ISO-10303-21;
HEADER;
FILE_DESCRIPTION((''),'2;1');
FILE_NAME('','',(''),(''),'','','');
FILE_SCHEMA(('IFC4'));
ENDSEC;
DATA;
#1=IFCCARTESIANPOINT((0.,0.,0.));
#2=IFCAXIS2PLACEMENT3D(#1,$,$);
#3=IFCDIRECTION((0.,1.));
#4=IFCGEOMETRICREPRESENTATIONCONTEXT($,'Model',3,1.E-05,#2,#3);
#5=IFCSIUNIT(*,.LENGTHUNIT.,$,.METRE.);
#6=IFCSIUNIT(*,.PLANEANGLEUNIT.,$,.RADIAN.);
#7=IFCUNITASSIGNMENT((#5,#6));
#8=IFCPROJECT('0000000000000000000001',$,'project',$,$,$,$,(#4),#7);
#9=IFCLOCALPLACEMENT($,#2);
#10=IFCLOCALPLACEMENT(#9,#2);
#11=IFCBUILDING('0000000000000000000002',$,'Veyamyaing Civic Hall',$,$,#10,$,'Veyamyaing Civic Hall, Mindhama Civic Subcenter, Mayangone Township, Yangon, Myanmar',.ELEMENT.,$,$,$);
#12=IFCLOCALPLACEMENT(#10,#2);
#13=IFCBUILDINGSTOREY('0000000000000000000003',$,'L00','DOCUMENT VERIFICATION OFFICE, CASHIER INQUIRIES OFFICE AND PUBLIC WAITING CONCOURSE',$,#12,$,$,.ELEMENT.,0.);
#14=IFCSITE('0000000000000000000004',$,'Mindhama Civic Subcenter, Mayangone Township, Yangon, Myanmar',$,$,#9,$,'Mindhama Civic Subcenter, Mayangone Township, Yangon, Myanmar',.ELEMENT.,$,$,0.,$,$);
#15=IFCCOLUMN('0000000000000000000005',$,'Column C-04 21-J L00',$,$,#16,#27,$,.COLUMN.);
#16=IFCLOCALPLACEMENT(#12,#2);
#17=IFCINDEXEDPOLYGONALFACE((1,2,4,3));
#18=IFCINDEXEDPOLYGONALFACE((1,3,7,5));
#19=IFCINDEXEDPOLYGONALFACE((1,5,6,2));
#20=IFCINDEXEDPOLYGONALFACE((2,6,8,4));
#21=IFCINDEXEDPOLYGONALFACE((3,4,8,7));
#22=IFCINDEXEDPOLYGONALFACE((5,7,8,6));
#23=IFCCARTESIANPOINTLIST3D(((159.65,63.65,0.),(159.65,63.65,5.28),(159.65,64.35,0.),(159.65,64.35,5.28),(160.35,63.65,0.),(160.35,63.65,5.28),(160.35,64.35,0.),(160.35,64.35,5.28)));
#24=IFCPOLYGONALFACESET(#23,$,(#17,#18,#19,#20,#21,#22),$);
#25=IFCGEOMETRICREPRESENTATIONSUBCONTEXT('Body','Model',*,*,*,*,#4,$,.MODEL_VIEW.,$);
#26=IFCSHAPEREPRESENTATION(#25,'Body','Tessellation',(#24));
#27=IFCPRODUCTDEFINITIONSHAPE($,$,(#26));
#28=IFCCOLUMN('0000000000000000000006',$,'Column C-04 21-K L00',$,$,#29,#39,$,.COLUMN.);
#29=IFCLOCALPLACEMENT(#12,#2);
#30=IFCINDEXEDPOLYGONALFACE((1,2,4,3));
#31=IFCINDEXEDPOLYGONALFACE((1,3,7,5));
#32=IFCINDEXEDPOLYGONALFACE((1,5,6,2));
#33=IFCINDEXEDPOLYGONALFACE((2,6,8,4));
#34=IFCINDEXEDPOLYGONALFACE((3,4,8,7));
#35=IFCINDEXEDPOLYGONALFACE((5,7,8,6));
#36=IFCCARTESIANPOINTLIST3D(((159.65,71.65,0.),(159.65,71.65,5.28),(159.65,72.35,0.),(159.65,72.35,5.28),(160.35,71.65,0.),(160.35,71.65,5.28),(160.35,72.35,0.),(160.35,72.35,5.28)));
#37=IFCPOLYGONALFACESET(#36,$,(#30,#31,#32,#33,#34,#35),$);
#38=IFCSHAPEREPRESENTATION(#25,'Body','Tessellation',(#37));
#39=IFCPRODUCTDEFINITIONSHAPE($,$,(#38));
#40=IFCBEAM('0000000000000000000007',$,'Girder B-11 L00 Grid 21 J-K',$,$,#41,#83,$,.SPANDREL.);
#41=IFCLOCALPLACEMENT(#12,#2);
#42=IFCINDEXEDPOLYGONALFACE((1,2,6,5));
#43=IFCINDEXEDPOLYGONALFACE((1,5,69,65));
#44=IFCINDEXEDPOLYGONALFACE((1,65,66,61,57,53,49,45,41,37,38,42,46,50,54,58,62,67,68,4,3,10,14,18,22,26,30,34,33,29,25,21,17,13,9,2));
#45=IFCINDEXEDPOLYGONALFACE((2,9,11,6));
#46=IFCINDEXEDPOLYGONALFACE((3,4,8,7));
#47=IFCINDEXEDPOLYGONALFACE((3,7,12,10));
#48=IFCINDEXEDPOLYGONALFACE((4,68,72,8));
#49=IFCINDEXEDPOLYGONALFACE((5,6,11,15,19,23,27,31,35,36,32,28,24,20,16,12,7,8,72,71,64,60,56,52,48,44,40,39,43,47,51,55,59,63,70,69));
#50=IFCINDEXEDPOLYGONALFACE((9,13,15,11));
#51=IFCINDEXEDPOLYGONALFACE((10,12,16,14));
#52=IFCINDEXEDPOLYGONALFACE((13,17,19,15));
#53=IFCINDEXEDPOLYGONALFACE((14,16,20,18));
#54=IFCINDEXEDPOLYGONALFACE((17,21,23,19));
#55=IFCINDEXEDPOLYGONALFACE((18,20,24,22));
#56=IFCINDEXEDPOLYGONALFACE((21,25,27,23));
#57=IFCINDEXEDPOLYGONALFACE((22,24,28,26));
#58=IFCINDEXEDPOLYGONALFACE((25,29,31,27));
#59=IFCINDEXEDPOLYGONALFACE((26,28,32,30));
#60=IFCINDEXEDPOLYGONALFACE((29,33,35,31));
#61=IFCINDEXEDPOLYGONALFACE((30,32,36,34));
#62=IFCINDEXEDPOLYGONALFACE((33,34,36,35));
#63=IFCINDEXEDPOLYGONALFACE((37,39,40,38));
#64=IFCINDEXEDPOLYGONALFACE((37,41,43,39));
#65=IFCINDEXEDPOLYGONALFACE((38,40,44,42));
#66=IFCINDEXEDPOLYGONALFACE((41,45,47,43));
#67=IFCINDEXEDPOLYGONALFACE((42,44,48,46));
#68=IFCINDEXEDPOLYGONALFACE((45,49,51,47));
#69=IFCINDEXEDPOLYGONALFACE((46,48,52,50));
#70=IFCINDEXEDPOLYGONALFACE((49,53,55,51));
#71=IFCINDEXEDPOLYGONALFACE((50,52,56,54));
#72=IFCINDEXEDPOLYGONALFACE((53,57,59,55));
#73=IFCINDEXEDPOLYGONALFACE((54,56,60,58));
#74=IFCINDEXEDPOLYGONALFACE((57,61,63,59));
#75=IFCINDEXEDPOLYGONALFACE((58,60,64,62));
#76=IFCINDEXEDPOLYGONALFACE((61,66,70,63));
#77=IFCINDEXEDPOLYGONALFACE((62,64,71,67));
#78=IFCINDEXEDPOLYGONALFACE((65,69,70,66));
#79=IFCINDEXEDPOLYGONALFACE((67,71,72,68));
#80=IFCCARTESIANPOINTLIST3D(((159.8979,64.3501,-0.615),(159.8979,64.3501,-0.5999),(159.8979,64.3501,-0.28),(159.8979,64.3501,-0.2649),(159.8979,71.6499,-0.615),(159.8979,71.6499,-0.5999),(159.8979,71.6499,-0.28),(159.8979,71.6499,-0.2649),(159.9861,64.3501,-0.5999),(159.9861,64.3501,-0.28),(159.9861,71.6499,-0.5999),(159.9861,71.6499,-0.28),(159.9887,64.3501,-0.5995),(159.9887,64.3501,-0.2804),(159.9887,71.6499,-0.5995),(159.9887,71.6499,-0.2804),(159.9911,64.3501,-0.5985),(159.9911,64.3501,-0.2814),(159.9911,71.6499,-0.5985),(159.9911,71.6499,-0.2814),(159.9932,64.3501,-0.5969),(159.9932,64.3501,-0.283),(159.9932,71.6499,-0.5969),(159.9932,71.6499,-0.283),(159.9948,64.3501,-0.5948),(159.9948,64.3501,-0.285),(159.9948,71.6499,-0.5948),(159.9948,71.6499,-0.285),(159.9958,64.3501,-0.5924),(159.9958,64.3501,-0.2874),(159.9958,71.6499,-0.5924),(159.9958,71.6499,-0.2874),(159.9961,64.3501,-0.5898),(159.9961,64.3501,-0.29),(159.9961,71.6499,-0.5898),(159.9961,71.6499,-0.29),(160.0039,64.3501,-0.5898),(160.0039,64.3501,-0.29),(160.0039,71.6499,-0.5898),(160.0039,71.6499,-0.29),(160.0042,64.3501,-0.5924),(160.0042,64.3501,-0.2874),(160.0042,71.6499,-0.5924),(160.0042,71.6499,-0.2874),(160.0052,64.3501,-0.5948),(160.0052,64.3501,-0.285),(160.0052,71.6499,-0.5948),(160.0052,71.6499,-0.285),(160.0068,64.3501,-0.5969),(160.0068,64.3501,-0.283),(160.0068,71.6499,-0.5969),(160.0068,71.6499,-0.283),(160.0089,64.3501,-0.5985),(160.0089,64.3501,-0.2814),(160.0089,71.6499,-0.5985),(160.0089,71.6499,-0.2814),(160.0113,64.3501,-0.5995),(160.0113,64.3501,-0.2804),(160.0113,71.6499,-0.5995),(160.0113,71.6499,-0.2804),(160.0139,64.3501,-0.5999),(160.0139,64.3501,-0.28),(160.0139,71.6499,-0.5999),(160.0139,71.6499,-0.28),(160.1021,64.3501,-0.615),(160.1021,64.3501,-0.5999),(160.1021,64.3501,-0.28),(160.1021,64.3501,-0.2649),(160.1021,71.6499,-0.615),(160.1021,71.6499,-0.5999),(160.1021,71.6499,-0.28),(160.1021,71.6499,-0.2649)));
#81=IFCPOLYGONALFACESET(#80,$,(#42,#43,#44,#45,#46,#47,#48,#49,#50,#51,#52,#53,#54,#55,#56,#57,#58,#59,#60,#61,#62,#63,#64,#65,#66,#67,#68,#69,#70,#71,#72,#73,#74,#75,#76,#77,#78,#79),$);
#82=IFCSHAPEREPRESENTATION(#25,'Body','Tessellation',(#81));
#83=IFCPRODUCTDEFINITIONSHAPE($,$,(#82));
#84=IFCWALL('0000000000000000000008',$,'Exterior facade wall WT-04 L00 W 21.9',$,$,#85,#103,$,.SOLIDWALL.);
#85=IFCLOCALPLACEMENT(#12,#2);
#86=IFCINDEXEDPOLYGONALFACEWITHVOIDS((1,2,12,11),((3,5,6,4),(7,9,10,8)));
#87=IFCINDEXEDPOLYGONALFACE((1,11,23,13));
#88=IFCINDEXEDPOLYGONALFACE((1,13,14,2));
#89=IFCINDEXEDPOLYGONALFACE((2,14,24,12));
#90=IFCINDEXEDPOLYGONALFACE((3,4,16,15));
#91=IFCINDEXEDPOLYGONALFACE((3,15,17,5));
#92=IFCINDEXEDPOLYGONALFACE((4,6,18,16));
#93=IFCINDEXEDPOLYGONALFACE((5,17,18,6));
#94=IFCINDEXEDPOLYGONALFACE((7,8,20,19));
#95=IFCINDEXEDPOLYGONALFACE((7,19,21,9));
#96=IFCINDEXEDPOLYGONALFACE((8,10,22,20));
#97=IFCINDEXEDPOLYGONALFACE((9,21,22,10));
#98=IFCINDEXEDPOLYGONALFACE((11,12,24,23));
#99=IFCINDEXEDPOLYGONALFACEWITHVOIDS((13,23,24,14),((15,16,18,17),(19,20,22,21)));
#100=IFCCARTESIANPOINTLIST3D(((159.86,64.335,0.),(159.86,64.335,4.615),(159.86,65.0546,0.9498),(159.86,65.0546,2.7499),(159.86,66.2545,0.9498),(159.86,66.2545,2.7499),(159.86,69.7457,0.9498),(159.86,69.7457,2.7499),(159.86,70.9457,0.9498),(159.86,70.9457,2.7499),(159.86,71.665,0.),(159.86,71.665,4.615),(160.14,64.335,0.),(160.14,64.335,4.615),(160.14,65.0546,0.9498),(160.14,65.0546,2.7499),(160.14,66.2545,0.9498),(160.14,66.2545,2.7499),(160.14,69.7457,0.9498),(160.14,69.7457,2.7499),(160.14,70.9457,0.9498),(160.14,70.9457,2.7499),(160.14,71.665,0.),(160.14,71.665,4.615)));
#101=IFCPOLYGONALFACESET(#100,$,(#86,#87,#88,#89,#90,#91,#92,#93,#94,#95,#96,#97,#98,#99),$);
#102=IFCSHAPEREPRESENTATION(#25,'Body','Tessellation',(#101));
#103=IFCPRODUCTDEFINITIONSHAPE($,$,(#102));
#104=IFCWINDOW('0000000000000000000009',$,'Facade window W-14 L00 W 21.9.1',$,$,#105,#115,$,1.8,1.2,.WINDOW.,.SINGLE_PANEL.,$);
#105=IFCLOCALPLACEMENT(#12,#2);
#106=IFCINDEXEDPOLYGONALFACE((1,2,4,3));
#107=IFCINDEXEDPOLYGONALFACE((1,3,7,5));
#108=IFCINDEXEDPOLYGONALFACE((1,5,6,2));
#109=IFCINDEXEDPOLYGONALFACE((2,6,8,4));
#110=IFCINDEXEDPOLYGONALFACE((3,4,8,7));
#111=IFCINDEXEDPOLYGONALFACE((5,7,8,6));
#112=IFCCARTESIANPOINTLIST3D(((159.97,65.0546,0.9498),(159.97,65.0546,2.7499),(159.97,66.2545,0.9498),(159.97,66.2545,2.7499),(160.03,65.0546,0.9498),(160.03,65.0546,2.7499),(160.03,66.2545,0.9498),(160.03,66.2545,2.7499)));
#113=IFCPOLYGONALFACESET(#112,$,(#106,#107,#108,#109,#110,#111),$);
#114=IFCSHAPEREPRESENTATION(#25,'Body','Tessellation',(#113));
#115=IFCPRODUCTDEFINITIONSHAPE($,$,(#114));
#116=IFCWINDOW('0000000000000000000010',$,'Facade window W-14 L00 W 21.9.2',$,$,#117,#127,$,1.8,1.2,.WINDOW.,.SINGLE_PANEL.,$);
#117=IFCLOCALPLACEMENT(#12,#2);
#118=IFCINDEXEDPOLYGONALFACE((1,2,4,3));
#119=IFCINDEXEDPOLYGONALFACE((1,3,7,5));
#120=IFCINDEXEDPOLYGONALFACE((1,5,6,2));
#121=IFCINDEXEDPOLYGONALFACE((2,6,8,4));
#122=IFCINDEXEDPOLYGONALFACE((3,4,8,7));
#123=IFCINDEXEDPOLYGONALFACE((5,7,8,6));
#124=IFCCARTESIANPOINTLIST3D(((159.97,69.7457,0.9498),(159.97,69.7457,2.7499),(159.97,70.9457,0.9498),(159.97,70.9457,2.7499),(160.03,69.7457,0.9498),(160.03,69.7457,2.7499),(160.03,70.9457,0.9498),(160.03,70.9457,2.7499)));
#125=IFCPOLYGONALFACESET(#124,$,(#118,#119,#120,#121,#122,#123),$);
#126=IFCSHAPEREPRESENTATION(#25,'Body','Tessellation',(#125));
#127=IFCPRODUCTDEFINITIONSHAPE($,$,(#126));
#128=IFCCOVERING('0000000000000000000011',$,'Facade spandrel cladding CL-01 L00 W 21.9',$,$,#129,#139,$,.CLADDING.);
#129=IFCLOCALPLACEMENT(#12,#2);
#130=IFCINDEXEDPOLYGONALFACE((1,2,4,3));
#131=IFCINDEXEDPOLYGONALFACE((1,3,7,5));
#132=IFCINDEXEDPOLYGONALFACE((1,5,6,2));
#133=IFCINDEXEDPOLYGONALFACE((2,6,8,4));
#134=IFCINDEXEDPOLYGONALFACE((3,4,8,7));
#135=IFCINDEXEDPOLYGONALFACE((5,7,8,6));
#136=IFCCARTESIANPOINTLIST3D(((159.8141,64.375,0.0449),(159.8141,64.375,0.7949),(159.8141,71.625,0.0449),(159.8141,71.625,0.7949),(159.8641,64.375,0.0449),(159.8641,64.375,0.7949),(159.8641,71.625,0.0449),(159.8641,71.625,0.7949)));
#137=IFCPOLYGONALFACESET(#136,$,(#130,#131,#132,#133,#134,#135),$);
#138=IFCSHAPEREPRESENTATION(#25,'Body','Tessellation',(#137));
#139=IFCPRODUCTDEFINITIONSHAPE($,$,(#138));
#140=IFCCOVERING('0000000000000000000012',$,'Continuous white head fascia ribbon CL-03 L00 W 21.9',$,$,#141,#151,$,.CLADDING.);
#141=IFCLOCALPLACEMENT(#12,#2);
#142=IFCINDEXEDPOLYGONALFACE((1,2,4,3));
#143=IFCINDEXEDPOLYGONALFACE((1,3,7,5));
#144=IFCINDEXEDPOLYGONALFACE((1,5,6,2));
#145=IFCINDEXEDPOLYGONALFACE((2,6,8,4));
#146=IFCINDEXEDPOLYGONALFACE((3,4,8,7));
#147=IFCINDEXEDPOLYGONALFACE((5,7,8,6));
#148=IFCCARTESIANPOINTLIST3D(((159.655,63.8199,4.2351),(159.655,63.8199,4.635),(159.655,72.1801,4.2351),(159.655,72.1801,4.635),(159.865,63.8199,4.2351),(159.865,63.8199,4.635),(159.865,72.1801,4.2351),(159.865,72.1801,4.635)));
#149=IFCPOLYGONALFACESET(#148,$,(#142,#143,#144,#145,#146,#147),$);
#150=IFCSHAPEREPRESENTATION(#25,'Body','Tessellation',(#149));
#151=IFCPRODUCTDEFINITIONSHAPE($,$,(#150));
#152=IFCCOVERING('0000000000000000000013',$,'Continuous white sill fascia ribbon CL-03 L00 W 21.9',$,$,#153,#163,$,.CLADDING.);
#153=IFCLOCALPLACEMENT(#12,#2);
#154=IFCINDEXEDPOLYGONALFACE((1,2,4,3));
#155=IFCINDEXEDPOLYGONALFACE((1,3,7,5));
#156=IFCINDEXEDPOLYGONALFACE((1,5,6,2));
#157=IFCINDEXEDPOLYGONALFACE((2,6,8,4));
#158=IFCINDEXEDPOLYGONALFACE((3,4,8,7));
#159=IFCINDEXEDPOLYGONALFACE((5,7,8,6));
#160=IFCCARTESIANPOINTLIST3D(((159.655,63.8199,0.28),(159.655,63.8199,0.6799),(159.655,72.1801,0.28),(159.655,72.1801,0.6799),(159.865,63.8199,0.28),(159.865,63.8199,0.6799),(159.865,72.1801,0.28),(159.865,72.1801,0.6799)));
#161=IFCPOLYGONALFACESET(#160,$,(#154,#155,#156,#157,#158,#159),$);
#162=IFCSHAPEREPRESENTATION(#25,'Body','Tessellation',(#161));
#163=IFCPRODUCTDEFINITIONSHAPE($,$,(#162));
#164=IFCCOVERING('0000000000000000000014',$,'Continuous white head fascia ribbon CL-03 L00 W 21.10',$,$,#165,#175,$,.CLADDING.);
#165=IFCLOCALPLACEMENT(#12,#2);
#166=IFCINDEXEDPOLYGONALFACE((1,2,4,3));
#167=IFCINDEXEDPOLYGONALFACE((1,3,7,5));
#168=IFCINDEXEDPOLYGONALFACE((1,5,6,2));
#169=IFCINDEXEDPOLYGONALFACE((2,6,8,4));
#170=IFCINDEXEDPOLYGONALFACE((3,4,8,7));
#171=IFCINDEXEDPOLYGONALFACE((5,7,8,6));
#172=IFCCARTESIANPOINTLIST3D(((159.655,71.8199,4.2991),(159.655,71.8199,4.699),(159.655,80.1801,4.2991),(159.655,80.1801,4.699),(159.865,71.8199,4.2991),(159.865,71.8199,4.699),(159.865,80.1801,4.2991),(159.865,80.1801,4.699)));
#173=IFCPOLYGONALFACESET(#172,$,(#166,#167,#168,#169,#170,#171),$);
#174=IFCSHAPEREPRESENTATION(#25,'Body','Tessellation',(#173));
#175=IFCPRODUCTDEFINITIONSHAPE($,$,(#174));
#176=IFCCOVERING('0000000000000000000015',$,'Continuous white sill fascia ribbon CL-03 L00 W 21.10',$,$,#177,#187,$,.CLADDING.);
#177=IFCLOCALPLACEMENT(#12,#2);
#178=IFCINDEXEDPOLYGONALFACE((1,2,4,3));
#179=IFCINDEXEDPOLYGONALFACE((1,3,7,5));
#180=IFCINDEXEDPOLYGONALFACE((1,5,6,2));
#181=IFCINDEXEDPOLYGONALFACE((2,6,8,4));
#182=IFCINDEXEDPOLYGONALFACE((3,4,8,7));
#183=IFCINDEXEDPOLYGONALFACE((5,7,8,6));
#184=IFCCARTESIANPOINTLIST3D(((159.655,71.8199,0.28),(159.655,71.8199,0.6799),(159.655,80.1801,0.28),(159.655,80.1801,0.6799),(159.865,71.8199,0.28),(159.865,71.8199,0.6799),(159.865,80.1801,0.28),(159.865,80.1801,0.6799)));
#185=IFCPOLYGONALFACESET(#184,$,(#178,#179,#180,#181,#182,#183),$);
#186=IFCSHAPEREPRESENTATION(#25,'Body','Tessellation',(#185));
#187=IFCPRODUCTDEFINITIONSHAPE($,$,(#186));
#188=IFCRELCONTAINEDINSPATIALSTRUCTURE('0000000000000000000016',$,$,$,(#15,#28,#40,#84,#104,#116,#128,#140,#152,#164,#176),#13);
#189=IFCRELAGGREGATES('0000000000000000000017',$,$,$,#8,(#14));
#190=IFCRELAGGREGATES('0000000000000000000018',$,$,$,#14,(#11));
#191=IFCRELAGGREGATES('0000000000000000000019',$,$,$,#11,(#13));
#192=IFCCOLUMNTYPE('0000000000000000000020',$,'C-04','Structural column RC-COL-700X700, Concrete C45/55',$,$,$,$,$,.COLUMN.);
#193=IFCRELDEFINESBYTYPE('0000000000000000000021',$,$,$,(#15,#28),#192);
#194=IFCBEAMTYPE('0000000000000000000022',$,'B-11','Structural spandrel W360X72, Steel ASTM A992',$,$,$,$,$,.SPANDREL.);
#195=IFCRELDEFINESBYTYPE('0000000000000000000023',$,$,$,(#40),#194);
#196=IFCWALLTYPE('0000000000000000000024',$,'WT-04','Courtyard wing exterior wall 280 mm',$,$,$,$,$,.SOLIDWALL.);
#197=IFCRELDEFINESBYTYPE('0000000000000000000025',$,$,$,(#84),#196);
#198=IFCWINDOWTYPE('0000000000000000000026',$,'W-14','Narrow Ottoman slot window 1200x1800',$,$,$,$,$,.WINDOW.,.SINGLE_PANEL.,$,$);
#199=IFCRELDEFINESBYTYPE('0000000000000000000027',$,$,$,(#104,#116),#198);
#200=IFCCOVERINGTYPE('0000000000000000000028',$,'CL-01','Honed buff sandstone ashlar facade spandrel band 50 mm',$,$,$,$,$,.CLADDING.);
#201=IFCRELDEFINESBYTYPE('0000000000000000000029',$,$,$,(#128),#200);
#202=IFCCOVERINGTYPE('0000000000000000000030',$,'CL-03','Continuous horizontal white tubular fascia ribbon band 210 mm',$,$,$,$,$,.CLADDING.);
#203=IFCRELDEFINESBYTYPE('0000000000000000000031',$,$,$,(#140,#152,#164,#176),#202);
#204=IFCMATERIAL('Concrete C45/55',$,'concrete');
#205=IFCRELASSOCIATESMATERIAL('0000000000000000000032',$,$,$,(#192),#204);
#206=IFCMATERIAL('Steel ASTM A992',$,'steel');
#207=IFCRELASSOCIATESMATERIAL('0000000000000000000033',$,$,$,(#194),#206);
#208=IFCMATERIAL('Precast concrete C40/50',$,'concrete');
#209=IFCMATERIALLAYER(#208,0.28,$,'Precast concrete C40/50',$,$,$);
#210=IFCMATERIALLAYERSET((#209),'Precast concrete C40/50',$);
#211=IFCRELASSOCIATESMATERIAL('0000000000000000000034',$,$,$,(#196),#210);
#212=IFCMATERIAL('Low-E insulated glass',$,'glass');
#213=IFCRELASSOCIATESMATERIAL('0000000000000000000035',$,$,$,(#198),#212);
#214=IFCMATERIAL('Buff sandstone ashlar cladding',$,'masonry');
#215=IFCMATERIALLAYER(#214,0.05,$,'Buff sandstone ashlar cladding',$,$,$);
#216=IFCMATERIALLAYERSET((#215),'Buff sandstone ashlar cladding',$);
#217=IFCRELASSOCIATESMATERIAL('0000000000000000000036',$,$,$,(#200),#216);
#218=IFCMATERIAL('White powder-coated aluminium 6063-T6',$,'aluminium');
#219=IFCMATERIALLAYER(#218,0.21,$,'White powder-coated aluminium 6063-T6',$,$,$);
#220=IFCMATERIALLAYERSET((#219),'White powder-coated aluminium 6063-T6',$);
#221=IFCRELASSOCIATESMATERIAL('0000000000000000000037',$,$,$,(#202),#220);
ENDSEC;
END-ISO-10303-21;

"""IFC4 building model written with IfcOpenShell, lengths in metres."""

from ifc_helpers import new_model, si_unit, direction, frame, frame_2d, origin, origin_2d, place, context, subcontext, project, spatial, rectangle, i_section, extrude, material, layer, layer_set, material_profile, profile_set, type_object, element, fill, save


model = new_model("IFC4")

# Units and contexts
model_context = context("Model", 3, precision=1e-05, world=origin(), true_north=direction((0.0, 1.0)))
body_context = subcontext(model_context, "Body", "Model", "MODEL_VIEW")
ifc_project = project(units=[si_unit("LENGTHUNIT", "METRE"), si_unit("PLANEANGLEUNIT", "RADIAN")], contexts=[model_context])

# Site, building, storey
site_placement = place(None, origin())
site = spatial("IfcSite", under=ifc_project, at=site_placement, Name="Mindhama Civic Subcenter, Mayangone Township, Yangon, Myanmar", LongName="Mindhama Civic Subcenter, Mayangone Township, Yangon, Myanmar", CompositionType="ELEMENT", RefElevation=0.0)
building_placement = place(site_placement, origin())
building = spatial("IfcBuilding", under=site, at=building_placement, Name="Veyamyaing Civic Hall", LongName="Veyamyaing Civic Hall, Mindhama Civic Subcenter, Mayangone Township, Yangon, Myanmar", CompositionType="ELEMENT")
storey_placement = place(building_placement, origin())
storey = spatial("IfcBuildingStorey", under=building, at=storey_placement, Name="L00", Description="DOCUMENT VERIFICATION OFFICE, CASHIER INQUIRIES OFFICE AND PUBLIC WAITING CONCOURSE", CompositionType="ELEMENT", Elevation=0.0)

# Columns
ifc_material_1 = material(Name="Concrete C45/55", Category="concrete")
ifc_material_profile_1 = material_profile(ifc_material_1, rectangle(XDim=0.7, YDim=0.7, at=origin_2d()), Name="RC-COL-700X700")
ifc_profile_set_1 = profile_set([ifc_material_profile_1], Name="Concrete C45/55")
column_type = type_object("IfcColumnType", Name="C-04", Description="Structural column RC-COL-700X700, Concrete C45/55", PredefinedType="COLUMN", material=ifc_profile_set_1)
for number, where, z_axis, x_axis, name in (
    (1, (160.0, 64.0, 0.0), (0.0, 0.0, 1.0), (1.0, 0.0, 0.0), "Column C-04 21-J L00"),
    (2, (160.0, 72.0, 0.0), (0.0, 0.0, 1.0), (1.0, 0.0, 0.0), "Column C-04 21-K L00"),
):
    element("IfcColumn", number, at=place(storey_placement, frame(where, z_axis=z_axis, x_axis=x_axis)), inside=storey, type_object=column_type, Name=name, PredefinedType="COLUMN", context=body_context, shape_type="SweptSolid", body=[
        extrude(rectangle(XDim=0.7, YDim=0.7, at=origin_2d()), origin(), (0.0, 0.0, 1.0), 5.28),
    ])

# Beam
ifc_material_2 = material(Name="Steel ASTM A992", Category="steel")
ifc_material_profile_2 = material_profile(ifc_material_2, i_section(OverallWidth=0.2041, OverallDepth=0.3501, WebThickness=0.0078, FlangeThickness=0.0151, FilletRadius=0.01, at=origin_2d()), Name="W360X72")
ifc_profile_set_2 = profile_set([ifc_material_profile_2], Name="Steel ASTM A992")
beam_type = type_object("IfcBeamType", Name="B-11", Description="Structural spandrel W360X72, Steel ASTM A992", PredefinedType="SPANDREL", material=ifc_profile_set_2)
beam_placement = place(storey_placement, frame((160.0, 64.3501, -0.4399), z_axis=(0.0, 1.0, 0.0), x_axis=(-1.0, 0.0, 0.0)))
element("IfcBeam", 3, at=beam_placement, inside=storey, type_object=beam_type, Name="Girder B-11 L00 Grid 21 J-K", PredefinedType="SPANDREL", context=body_context, shape_type="SweptSolid", body=[
    extrude(i_section(OverallWidth=0.2041, OverallDepth=0.3501, WebThickness=0.0078, FlangeThickness=0.0151, FilletRadius=0.01, at=origin_2d()), origin(), (0.0, 0.0, 1.0), 7.2998),
])

# Wall, openings, windows
ifc_material_3 = material(Name="Precast concrete C40/50", Category="concrete")
ifc_layer_1 = layer(ifc_material_3, 0.28, Name="Precast concrete C40/50")
ifc_layer_set_1 = layer_set([ifc_layer_1], Name="Precast concrete C40/50")
wall_type = type_object("IfcWallType", Name="WT-04", Description="Courtyard wing exterior wall 280 mm", PredefinedType="SOLIDWALL", material=ifc_layer_set_1)
wall_placement = place(storey_placement, frame((160.0, 64.335, 0.0), z_axis=(0.0, 0.0, 1.0), x_axis=(0.0, 1.0, 0.0)))
wall = element("IfcWall", 4, at=wall_placement, inside=storey, type_object=wall_type, Name="Exterior facade wall WT-04 L00 W 21.9", PredefinedType="SOLIDWALL", context=body_context, shape_type="SweptSolid", body=[
    extrude(rectangle(XDim=7.3301, YDim=0.28, at=frame_2d((3.665, 0.0))), origin(), (0.0, 0.0, 1.0), 4.615),
])
opening_1_placement = place(wall_placement, frame((0.7195, 0.0, 0.95)))
opening_1 = element("IfcOpeningElement", 5, at=opening_1_placement, cuts=wall, PredefinedType="OPENING", context=body_context, shape_type="SweptSolid", body=[
    extrude(rectangle(XDim=1.2, YDim=1.8, at=frame_2d((0.6001, 0.8999))), frame((0.0, 0.1499, 0.0), z_axis=(0.0, -1.0, 0.0), x_axis=(1.0, 0.0, 0.0)), (0.0, 0.0, 1.0), 0.3),
])
opening_2_placement = place(wall_placement, frame((5.4106, 0.0, 0.95)))
opening_2 = element("IfcOpeningElement", 6, at=opening_2_placement, cuts=wall, PredefinedType="OPENING", context=body_context, shape_type="SweptSolid", body=[
    extrude(rectangle(XDim=1.2, YDim=1.8, at=frame_2d((0.6001, 0.8999))), frame((0.0, 0.1499, 0.0), z_axis=(0.0, -1.0, 0.0), x_axis=(1.0, 0.0, 0.0)), (0.0, 0.0, 1.0), 0.3),
])
ifc_material_4 = material(Name="Low-E insulated glass", Category="glass")
window_type = type_object("IfcWindowType", Name="W-14", Description="Narrow Ottoman slot window 1200x1800", PartitioningType="SINGLE_PANEL", PredefinedType="WINDOW", material=ifc_material_4)
window_1_placement = place(opening_1_placement, origin())
window_1 = element("IfcWindow", 7, at=window_1_placement, inside=storey, type_object=window_type, Name="Facade window W-14 L00 W 21.9.1", OverallHeight=1.8, OverallWidth=1.2, PartitioningType="SINGLE_PANEL", PredefinedType="WINDOW", context=body_context, shape_type="SweptSolid", body=[
    extrude(rectangle(XDim=1.2, YDim=1.8, at=frame_2d((0.6001, 0.8999))), frame((0.0, 0.03, 0.0), z_axis=(0.0, -1.0, 0.0), x_axis=(1.0, 0.0, 0.0)), (0.0, 0.0, 1.0), 0.0601),
])
fill(opening_1, window_1)
window_2_placement = place(opening_2_placement, origin())
window_2 = element("IfcWindow", 8, at=window_2_placement, inside=storey, type_object=window_type, Name="Facade window W-14 L00 W 21.9.2", OverallHeight=1.8, OverallWidth=1.2, PartitioningType="SINGLE_PANEL", PredefinedType="WINDOW", context=body_context, shape_type="SweptSolid", body=[
    extrude(rectangle(XDim=1.2, YDim=1.8, at=frame_2d((0.6001, 0.8999))), frame((0.0, 0.03, 0.0), z_axis=(0.0, -1.0, 0.0), x_axis=(1.0, 0.0, 0.0)), (0.0, 0.0, 1.0), 0.0601),
])
fill(opening_2, window_2)

# Coverings
ifc_material_5 = material(Name="Buff sandstone ashlar cladding", Category="masonry")
ifc_layer_2 = layer(ifc_material_5, 0.05, Name="Buff sandstone ashlar cladding")
ifc_layer_set_2 = layer_set([ifc_layer_2], Name="Buff sandstone ashlar cladding")
covering_type_1 = type_object("IfcCoveringType", Name="CL-01", Description="Honed buff sandstone ashlar facade spandrel band 50 mm", PredefinedType="CLADDING", material=ifc_layer_set_2)
covering_placement = place(storey_placement, frame((159.8391, 68.0, 0.0449), z_axis=(0.0, 0.0, 1.0), x_axis=(0.0, 1.0, 0.0)))
element("IfcCovering", 9, at=covering_placement, inside=storey, type_object=covering_type_1, Name="Facade spandrel cladding CL-01 L00 W 21.9", PredefinedType="CLADDING", context=body_context, shape_type="SweptSolid", body=[
    extrude(rectangle(XDim=7.25, YDim=0.05, at=origin_2d()), origin(), (0.0, 0.0, 1.0), 0.75),
])
ifc_material_6 = material(Name="White powder-coated aluminium 6063-T6", Category="aluminium")
ifc_layer_3 = layer(ifc_material_6, 0.21, Name="White powder-coated aluminium 6063-T6")
ifc_layer_set_3 = layer_set([ifc_layer_3], Name="White powder-coated aluminium 6063-T6")
covering_type_2 = type_object("IfcCoveringType", Name="CL-03", Description="Continuous horizontal white tubular fascia ribbon band 210 mm", PredefinedType="CLADDING", material=ifc_layer_set_3)
for number, where, z_axis, x_axis, name in (
    (10, (159.76, 68.0, 4.2351), (0.0, 0.0, 1.0), (0.0, 1.0, 0.0), "Continuous white head fascia ribbon CL-03 L00 W 21.9"),
    (11, (159.76, 68.0, 0.28), (0.0, 0.0, 1.0), (0.0, 1.0, 0.0), "Continuous white sill fascia ribbon CL-03 L00 W 21.9"),
    (12, (159.76, 76.0, 4.2991), (0.0, 0.0, 1.0), (0.0, 1.0, 0.0), "Continuous white head fascia ribbon CL-03 L00 W 21.10"),
    (13, (159.76, 76.0, 0.28), (0.0, 0.0, 1.0), (0.0, 1.0, 0.0), "Continuous white sill fascia ribbon CL-03 L00 W 21.10"),
):
    element("IfcCovering", number, at=place(storey_placement, frame(where, z_axis=z_axis, x_axis=x_axis)), inside=storey, type_object=covering_type_2, Name=name, PredefinedType="CLADDING", context=body_context, shape_type="SweptSolid", body=[
        extrude(rectangle(XDim=8.3601, YDim=0.21, at=origin_2d()), origin(), (0.0, 0.0, 1.0), 0.3999),
    ])

save(model, "model.ifc")
